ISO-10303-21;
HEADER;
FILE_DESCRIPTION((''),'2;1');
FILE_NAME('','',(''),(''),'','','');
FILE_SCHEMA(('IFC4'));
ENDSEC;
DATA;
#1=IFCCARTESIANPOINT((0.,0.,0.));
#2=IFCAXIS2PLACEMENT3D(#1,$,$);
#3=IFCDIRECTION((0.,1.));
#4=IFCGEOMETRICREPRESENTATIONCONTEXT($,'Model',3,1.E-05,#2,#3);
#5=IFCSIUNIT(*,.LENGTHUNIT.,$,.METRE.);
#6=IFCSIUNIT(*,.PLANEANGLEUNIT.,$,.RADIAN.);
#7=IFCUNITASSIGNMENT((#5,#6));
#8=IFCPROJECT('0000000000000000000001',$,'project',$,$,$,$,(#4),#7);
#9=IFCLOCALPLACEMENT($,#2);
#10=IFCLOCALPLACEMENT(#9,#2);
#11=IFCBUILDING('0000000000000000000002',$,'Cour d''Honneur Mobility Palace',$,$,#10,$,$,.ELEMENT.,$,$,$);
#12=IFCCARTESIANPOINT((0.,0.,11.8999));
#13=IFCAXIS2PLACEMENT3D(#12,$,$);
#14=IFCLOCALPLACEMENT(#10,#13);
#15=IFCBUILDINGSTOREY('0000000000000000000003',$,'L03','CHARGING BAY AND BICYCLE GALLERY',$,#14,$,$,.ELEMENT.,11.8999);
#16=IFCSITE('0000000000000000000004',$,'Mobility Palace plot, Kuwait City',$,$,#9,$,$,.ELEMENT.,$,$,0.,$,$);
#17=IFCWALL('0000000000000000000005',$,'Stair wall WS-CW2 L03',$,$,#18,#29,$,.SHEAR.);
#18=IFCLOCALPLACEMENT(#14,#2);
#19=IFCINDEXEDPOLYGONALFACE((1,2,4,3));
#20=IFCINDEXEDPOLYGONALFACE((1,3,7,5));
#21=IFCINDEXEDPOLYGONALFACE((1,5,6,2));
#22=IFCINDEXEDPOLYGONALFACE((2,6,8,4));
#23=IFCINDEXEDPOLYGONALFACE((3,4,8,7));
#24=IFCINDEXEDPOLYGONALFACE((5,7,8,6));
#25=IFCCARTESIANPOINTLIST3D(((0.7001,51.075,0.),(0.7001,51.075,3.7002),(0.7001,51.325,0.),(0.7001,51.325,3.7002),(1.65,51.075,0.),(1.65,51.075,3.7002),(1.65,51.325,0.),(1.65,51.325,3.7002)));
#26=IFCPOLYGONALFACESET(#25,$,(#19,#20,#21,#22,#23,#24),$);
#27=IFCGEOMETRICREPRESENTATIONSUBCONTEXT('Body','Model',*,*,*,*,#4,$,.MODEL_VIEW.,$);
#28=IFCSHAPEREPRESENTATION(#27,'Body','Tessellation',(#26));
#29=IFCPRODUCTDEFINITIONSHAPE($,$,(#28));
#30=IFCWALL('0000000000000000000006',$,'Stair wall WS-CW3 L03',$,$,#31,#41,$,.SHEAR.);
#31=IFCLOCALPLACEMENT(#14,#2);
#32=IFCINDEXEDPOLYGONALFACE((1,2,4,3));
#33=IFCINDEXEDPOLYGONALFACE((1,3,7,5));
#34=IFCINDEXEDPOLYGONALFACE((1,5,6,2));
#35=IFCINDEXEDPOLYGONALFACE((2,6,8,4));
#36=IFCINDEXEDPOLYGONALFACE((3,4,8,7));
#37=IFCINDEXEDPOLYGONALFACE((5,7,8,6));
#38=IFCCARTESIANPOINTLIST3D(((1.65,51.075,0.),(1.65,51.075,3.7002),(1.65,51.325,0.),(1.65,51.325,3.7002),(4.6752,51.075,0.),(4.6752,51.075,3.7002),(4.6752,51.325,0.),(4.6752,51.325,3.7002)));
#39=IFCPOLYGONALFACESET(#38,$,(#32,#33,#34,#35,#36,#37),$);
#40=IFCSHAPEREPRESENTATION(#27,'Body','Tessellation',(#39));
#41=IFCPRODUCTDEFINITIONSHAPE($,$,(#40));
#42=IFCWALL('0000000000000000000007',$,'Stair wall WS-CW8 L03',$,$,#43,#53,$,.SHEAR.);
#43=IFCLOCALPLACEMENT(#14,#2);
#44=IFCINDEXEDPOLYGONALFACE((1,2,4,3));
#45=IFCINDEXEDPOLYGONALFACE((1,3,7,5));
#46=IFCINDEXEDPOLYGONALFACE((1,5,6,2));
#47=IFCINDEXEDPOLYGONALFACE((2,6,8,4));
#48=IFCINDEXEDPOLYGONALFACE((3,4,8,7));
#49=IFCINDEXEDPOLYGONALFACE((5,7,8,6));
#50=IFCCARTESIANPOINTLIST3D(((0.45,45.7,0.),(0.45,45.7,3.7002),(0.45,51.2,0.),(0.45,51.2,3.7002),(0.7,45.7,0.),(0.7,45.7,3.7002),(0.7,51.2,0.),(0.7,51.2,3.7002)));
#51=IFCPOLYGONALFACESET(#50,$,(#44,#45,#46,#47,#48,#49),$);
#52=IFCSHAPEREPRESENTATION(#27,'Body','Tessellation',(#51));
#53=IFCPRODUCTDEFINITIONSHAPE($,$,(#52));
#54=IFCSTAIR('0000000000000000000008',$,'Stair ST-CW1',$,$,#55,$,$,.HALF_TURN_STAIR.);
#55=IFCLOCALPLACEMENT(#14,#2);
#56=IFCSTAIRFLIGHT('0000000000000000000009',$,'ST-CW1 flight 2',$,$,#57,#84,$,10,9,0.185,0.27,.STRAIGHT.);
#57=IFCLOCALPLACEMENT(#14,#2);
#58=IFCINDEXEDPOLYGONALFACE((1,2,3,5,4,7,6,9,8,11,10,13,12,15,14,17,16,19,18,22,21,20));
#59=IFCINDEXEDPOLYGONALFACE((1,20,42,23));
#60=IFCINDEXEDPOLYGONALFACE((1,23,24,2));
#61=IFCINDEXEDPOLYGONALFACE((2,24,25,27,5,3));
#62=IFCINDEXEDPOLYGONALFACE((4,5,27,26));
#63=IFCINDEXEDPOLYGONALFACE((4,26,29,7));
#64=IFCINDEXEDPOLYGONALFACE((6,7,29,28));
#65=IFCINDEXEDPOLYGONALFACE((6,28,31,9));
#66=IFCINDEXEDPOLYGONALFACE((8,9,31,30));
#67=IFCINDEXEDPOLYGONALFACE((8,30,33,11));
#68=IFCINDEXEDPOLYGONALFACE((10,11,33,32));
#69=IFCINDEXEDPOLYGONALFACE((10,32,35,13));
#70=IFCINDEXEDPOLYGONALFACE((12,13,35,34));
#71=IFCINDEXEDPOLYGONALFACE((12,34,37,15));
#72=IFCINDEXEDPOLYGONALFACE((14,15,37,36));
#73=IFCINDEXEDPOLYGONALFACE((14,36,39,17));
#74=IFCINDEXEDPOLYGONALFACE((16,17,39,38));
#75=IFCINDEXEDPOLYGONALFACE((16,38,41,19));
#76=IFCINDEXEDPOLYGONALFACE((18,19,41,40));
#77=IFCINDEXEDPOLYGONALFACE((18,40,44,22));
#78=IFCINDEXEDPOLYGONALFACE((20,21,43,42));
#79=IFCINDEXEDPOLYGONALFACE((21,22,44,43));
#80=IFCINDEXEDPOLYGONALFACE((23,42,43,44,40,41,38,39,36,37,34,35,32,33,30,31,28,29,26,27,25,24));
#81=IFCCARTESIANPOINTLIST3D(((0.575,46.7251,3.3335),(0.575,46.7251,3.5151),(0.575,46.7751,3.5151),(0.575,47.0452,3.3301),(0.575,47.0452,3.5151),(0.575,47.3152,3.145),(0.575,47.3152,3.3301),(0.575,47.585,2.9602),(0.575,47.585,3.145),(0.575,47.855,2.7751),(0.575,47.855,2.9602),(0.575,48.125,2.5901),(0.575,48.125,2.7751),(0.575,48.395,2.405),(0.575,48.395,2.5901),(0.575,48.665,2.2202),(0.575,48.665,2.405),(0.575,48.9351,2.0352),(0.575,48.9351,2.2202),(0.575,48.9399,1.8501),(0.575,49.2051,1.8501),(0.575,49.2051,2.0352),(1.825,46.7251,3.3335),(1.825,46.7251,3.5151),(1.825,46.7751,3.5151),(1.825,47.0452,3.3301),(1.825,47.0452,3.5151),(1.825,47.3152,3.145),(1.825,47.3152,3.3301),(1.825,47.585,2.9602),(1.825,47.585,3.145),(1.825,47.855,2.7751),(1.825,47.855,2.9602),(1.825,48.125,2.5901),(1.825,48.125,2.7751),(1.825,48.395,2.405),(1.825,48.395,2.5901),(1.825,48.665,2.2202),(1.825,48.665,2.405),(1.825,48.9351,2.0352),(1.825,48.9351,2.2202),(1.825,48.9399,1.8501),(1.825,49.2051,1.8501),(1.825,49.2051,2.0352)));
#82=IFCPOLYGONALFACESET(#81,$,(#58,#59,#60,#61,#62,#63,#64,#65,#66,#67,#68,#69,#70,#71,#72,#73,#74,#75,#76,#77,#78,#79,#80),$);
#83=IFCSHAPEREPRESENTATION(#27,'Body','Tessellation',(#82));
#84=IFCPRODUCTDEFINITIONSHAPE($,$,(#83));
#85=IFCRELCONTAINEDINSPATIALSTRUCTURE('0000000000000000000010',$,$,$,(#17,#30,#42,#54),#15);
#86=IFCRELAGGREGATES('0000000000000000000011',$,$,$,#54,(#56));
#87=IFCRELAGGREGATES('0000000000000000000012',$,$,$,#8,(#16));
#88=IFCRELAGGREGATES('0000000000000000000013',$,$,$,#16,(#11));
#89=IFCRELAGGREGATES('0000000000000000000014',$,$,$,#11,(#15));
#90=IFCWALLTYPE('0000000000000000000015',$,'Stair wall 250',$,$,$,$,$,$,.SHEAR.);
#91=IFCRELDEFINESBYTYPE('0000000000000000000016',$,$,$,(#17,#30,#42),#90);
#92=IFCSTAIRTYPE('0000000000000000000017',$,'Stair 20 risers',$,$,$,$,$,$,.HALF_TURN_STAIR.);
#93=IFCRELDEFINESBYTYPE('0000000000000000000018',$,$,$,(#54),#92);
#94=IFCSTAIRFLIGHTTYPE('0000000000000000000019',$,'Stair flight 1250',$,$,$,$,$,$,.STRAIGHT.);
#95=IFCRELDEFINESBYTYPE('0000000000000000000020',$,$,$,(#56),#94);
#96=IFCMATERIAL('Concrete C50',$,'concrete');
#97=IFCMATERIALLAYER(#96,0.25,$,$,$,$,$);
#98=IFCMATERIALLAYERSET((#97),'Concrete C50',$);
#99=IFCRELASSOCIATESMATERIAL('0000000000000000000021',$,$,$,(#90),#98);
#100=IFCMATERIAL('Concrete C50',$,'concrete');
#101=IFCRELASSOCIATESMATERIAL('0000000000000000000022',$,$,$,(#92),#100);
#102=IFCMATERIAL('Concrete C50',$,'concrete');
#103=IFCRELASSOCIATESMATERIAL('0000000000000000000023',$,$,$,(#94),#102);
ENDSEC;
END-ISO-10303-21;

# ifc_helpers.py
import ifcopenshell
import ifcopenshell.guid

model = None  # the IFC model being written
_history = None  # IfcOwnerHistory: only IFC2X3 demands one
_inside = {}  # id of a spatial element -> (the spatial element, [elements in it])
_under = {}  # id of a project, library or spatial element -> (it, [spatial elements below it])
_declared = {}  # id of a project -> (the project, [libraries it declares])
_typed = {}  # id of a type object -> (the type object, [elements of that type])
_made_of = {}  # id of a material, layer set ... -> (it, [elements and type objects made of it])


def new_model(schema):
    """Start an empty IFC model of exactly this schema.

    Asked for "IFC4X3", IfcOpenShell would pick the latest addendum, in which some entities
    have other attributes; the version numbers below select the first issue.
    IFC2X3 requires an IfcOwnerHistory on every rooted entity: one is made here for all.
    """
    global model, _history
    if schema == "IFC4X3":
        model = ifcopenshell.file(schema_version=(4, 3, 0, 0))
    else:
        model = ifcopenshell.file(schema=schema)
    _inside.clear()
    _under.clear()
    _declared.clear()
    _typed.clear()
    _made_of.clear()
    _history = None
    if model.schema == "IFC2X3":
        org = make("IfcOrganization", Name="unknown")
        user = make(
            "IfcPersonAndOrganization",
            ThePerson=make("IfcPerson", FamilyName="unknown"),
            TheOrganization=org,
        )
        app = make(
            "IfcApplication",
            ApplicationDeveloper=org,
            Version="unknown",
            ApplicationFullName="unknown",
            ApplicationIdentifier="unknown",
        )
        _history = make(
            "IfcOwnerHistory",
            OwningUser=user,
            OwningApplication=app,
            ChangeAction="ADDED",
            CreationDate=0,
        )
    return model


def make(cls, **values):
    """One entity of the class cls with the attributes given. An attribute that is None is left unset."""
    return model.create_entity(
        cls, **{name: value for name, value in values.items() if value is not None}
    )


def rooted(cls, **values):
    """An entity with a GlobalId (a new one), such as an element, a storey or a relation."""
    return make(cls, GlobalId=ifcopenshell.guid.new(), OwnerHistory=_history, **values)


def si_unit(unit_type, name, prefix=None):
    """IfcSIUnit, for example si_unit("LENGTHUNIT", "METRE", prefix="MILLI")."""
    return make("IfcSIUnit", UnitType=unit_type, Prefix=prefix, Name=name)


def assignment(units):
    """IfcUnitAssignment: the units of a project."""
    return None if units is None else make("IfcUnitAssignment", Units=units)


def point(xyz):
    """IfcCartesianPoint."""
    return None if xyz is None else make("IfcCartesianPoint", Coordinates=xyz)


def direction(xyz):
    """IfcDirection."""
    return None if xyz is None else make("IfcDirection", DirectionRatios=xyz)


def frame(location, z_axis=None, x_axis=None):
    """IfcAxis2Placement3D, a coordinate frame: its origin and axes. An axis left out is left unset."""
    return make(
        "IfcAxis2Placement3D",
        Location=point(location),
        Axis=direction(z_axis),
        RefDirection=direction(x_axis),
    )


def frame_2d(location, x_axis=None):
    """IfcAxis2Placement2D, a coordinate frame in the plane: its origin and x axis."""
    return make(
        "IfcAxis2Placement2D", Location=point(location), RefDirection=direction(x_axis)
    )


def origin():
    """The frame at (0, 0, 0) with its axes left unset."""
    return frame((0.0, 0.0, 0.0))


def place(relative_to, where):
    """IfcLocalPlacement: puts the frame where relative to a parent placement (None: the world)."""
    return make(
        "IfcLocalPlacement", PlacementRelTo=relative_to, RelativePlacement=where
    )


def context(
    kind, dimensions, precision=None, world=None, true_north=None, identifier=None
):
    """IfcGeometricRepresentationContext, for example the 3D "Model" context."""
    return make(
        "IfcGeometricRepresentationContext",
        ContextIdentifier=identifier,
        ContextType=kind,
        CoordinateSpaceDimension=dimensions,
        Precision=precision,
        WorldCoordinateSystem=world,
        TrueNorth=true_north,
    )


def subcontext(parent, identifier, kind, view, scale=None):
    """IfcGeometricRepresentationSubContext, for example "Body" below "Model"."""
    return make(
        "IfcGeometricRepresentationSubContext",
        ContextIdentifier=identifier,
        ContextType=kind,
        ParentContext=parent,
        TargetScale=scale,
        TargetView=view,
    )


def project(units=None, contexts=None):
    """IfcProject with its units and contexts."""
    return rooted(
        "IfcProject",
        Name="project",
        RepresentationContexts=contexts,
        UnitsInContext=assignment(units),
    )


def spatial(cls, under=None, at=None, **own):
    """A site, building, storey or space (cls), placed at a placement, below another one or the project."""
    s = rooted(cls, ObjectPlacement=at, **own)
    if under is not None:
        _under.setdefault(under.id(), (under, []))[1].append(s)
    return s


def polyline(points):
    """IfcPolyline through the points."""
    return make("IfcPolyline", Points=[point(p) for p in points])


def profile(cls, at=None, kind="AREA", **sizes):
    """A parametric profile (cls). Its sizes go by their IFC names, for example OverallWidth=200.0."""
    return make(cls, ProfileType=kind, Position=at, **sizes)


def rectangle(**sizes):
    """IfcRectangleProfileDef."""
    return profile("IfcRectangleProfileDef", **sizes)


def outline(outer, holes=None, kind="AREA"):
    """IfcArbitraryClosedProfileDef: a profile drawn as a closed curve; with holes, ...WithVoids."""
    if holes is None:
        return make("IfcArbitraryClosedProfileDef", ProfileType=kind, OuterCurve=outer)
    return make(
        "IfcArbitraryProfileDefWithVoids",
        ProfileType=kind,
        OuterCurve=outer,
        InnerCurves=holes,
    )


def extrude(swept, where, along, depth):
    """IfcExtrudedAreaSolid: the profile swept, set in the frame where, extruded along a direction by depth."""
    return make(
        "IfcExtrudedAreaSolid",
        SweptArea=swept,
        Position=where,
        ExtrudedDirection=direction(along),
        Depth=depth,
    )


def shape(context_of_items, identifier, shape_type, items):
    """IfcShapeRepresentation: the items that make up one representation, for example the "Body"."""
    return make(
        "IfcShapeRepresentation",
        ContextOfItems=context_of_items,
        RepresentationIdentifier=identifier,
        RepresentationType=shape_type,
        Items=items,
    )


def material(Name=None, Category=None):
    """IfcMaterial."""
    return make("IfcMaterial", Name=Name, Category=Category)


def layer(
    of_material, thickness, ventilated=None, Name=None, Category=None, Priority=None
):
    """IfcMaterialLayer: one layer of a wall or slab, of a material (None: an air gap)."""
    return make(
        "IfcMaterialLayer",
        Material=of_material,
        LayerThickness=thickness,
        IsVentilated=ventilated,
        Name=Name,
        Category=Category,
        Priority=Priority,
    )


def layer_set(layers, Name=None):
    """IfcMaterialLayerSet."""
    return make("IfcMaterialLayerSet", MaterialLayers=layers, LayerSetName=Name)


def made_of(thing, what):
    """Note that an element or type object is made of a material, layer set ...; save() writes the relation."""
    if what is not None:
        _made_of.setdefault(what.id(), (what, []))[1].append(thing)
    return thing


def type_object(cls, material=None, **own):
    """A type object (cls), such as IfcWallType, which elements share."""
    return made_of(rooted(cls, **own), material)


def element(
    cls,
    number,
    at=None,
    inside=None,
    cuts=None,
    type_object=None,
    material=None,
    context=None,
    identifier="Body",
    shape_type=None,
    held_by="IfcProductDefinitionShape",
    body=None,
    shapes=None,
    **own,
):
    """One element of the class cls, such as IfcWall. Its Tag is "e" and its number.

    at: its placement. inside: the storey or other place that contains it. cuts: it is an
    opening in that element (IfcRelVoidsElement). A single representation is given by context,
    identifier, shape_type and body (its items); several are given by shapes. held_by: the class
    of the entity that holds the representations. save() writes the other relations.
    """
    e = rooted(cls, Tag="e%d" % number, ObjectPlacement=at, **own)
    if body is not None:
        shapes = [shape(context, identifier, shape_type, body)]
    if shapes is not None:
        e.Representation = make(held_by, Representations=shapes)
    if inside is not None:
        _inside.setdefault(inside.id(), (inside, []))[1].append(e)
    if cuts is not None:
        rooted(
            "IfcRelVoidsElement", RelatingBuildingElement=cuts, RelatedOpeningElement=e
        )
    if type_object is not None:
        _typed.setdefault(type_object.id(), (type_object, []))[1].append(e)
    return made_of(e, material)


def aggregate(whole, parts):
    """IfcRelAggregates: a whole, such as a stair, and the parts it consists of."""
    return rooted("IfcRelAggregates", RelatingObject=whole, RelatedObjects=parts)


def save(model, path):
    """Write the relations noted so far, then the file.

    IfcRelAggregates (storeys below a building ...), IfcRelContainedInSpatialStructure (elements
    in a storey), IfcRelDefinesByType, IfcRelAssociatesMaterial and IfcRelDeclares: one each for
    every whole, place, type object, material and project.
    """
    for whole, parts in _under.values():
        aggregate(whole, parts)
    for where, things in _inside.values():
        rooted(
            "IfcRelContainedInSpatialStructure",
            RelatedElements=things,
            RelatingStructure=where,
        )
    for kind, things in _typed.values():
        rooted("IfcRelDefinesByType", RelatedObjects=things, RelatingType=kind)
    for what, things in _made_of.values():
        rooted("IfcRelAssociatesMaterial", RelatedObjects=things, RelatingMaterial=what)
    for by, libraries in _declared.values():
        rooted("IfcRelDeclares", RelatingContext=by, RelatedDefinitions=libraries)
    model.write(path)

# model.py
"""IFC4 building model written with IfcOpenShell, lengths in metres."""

from ifc_helpers import new_model, si_unit, direction, frame, frame_2d, origin, place, context, subcontext, project, spatial, polyline, rectangle, outline, extrude, material, layer, layer_set, type_object, element, aggregate, save


model = new_model("IFC4")

# Units and contexts
model_context = context("Model", 3, precision=1e-05, world=origin(), true_north=direction((0.0, 1.0)))
body_context = subcontext(model_context, "Body", "Model", "MODEL_VIEW")
ifc_project = project(units=[si_unit("LENGTHUNIT", "METRE"), si_unit("PLANEANGLEUNIT", "RADIAN")], contexts=[model_context])

# Site, building, storey
site_placement = place(None, origin())
site = spatial("IfcSite", under=ifc_project, at=site_placement, Name="Mobility Palace plot, Kuwait City", CompositionType="ELEMENT", RefElevation=0.0)
building_placement = place(site_placement, origin())
building = spatial("IfcBuilding", under=site, at=building_placement, Name="Cour d'Honneur Mobility Palace", CompositionType="ELEMENT")
storey_placement = place(building_placement, frame((0.0, 0.0, 11.8999)))
storey = spatial("IfcBuildingStorey", under=building, at=storey_placement, Name="L03", Description="CHARGING BAY AND BICYCLE GALLERY", CompositionType="ELEMENT", Elevation=11.8999)

# Walls
ifc_material_1 = material(Name="Concrete C50", Category="concrete")
ifc_layer_1 = layer(ifc_material_1, 0.25)
ifc_layer_set_1 = layer_set([ifc_layer_1], Name="Concrete C50")
wall_type_1 = type_object("IfcWallType", Name="Stair wall 250", PredefinedType="SHEAR", material=ifc_layer_set_1)
wall_1_placement = place(storey_placement, frame((0.7, 51.2, 0.0), z_axis=(0.0, 0.0, 1.0), x_axis=(1.0, 0.0, 0.0)))
element("IfcWall", 1, at=wall_1_placement, inside=storey, type_object=wall_type_1, Name="Stair wall WS-CW2 L03", PredefinedType="SHEAR", context=body_context, shape_type="SweptSolid", body=[
    extrude(rectangle(XDim=0.95, YDim=0.25, at=frame_2d((0.4751, 0.0))), origin(), (0.0, 0.0, 1.0), 3.7002),
])
wall_2_placement = place(storey_placement, frame((1.6499, 51.2, 0.0), z_axis=(0.0, 0.0, 1.0), x_axis=(1.0, 0.0, 0.0)))
element("IfcWall", 2, at=wall_2_placement, inside=storey, type_object=wall_type_1, Name="Stair wall WS-CW3 L03", PredefinedType="SHEAR", context=body_context, shape_type="SweptSolid", body=[
    extrude(rectangle(XDim=3.0251, YDim=0.25, at=frame_2d((1.5127, 0.0))), origin(), (0.0, 0.0, 1.0), 3.7002),
])
wall_3_placement = place(storey_placement, frame((0.575, 45.7, 0.0), z_axis=(0.0, 0.0, 1.0), x_axis=(0.0, 1.0, 0.0)))
element("IfcWall", 3, at=wall_3_placement, inside=storey, type_object=wall_type_1, Name="Stair wall WS-CW8 L03", PredefinedType="SHEAR", context=body_context, shape_type="SweptSolid", body=[
    extrude(rectangle(XDim=5.5, YDim=0.25, at=frame_2d((2.75, 0.0))), origin(), (0.0, 0.0, 1.0), 3.7002),
])

# Stair, stair flight
ifc_material_2 = material(Name="Concrete C50", Category="concrete")
stair_type = type_object("IfcStairType", Name="Stair 20 risers", PredefinedType="HALF_TURN_STAIR", material=ifc_material_2)
stair_placement = place(storey_placement, origin())
stair = element("IfcStair", 4, at=stair_placement, inside=storey, type_object=stair_type, Name="Stair ST-CW1", PredefinedType="HALF_TURN_STAIR")
ifc_material_3 = material(Name="Concrete C50", Category="concrete")
stair_flight_type = type_object("IfcStairFlightType", Name="Stair flight 1250", PredefinedType="STRAIGHT", material=ifc_material_3)
stair_flight_placement = place(storey_placement, frame((1.2, 49.2051, 1.8501), z_axis=(0.0, 0.0, 1.0), x_axis=(0.0, -1.0, 0.0)))
stair_flight = element("IfcStairFlight", 5, at=stair_flight_placement, type_object=stair_flight_type, Name="ST-CW1 flight 2", NumberOfRisers=10, NumberOfTreads=9, PredefinedType="STRAIGHT", RiserHeight=0.185, TreadLength=0.27, context=body_context, shape_type="SweptSolid", body=[
    extrude(outline(polyline([(0.0, 0.0), (0.0, 0.1851), (0.27, 0.1851), (0.27, 0.3701), (0.54, 0.3701), (0.54, 0.5549), (0.8101, 0.5549), (0.8101, 0.74), (1.0801, 0.74), (1.0801, 0.925), (1.3501, 0.925), (1.3501, 1.1101), (1.6201, 1.1101), (1.6201, 1.2949), (1.8899, 1.2949), (1.8899, 1.48), (2.1599, 1.48), (2.1599, 1.665), (2.4299, 1.665), (2.48, 1.665), (2.48, 1.4834), (0.2651, 0.0), (0.0, 0.0)])), frame((0.0, 0.625, 0.0), z_axis=(0.0, -1.0, 0.0), x_axis=(1.0, 0.0, 0.0)), (0.0, 0.0, 1.0), 1.25),
])
aggregate(stair, [stair_flight])

save(model, "model.ifc")
